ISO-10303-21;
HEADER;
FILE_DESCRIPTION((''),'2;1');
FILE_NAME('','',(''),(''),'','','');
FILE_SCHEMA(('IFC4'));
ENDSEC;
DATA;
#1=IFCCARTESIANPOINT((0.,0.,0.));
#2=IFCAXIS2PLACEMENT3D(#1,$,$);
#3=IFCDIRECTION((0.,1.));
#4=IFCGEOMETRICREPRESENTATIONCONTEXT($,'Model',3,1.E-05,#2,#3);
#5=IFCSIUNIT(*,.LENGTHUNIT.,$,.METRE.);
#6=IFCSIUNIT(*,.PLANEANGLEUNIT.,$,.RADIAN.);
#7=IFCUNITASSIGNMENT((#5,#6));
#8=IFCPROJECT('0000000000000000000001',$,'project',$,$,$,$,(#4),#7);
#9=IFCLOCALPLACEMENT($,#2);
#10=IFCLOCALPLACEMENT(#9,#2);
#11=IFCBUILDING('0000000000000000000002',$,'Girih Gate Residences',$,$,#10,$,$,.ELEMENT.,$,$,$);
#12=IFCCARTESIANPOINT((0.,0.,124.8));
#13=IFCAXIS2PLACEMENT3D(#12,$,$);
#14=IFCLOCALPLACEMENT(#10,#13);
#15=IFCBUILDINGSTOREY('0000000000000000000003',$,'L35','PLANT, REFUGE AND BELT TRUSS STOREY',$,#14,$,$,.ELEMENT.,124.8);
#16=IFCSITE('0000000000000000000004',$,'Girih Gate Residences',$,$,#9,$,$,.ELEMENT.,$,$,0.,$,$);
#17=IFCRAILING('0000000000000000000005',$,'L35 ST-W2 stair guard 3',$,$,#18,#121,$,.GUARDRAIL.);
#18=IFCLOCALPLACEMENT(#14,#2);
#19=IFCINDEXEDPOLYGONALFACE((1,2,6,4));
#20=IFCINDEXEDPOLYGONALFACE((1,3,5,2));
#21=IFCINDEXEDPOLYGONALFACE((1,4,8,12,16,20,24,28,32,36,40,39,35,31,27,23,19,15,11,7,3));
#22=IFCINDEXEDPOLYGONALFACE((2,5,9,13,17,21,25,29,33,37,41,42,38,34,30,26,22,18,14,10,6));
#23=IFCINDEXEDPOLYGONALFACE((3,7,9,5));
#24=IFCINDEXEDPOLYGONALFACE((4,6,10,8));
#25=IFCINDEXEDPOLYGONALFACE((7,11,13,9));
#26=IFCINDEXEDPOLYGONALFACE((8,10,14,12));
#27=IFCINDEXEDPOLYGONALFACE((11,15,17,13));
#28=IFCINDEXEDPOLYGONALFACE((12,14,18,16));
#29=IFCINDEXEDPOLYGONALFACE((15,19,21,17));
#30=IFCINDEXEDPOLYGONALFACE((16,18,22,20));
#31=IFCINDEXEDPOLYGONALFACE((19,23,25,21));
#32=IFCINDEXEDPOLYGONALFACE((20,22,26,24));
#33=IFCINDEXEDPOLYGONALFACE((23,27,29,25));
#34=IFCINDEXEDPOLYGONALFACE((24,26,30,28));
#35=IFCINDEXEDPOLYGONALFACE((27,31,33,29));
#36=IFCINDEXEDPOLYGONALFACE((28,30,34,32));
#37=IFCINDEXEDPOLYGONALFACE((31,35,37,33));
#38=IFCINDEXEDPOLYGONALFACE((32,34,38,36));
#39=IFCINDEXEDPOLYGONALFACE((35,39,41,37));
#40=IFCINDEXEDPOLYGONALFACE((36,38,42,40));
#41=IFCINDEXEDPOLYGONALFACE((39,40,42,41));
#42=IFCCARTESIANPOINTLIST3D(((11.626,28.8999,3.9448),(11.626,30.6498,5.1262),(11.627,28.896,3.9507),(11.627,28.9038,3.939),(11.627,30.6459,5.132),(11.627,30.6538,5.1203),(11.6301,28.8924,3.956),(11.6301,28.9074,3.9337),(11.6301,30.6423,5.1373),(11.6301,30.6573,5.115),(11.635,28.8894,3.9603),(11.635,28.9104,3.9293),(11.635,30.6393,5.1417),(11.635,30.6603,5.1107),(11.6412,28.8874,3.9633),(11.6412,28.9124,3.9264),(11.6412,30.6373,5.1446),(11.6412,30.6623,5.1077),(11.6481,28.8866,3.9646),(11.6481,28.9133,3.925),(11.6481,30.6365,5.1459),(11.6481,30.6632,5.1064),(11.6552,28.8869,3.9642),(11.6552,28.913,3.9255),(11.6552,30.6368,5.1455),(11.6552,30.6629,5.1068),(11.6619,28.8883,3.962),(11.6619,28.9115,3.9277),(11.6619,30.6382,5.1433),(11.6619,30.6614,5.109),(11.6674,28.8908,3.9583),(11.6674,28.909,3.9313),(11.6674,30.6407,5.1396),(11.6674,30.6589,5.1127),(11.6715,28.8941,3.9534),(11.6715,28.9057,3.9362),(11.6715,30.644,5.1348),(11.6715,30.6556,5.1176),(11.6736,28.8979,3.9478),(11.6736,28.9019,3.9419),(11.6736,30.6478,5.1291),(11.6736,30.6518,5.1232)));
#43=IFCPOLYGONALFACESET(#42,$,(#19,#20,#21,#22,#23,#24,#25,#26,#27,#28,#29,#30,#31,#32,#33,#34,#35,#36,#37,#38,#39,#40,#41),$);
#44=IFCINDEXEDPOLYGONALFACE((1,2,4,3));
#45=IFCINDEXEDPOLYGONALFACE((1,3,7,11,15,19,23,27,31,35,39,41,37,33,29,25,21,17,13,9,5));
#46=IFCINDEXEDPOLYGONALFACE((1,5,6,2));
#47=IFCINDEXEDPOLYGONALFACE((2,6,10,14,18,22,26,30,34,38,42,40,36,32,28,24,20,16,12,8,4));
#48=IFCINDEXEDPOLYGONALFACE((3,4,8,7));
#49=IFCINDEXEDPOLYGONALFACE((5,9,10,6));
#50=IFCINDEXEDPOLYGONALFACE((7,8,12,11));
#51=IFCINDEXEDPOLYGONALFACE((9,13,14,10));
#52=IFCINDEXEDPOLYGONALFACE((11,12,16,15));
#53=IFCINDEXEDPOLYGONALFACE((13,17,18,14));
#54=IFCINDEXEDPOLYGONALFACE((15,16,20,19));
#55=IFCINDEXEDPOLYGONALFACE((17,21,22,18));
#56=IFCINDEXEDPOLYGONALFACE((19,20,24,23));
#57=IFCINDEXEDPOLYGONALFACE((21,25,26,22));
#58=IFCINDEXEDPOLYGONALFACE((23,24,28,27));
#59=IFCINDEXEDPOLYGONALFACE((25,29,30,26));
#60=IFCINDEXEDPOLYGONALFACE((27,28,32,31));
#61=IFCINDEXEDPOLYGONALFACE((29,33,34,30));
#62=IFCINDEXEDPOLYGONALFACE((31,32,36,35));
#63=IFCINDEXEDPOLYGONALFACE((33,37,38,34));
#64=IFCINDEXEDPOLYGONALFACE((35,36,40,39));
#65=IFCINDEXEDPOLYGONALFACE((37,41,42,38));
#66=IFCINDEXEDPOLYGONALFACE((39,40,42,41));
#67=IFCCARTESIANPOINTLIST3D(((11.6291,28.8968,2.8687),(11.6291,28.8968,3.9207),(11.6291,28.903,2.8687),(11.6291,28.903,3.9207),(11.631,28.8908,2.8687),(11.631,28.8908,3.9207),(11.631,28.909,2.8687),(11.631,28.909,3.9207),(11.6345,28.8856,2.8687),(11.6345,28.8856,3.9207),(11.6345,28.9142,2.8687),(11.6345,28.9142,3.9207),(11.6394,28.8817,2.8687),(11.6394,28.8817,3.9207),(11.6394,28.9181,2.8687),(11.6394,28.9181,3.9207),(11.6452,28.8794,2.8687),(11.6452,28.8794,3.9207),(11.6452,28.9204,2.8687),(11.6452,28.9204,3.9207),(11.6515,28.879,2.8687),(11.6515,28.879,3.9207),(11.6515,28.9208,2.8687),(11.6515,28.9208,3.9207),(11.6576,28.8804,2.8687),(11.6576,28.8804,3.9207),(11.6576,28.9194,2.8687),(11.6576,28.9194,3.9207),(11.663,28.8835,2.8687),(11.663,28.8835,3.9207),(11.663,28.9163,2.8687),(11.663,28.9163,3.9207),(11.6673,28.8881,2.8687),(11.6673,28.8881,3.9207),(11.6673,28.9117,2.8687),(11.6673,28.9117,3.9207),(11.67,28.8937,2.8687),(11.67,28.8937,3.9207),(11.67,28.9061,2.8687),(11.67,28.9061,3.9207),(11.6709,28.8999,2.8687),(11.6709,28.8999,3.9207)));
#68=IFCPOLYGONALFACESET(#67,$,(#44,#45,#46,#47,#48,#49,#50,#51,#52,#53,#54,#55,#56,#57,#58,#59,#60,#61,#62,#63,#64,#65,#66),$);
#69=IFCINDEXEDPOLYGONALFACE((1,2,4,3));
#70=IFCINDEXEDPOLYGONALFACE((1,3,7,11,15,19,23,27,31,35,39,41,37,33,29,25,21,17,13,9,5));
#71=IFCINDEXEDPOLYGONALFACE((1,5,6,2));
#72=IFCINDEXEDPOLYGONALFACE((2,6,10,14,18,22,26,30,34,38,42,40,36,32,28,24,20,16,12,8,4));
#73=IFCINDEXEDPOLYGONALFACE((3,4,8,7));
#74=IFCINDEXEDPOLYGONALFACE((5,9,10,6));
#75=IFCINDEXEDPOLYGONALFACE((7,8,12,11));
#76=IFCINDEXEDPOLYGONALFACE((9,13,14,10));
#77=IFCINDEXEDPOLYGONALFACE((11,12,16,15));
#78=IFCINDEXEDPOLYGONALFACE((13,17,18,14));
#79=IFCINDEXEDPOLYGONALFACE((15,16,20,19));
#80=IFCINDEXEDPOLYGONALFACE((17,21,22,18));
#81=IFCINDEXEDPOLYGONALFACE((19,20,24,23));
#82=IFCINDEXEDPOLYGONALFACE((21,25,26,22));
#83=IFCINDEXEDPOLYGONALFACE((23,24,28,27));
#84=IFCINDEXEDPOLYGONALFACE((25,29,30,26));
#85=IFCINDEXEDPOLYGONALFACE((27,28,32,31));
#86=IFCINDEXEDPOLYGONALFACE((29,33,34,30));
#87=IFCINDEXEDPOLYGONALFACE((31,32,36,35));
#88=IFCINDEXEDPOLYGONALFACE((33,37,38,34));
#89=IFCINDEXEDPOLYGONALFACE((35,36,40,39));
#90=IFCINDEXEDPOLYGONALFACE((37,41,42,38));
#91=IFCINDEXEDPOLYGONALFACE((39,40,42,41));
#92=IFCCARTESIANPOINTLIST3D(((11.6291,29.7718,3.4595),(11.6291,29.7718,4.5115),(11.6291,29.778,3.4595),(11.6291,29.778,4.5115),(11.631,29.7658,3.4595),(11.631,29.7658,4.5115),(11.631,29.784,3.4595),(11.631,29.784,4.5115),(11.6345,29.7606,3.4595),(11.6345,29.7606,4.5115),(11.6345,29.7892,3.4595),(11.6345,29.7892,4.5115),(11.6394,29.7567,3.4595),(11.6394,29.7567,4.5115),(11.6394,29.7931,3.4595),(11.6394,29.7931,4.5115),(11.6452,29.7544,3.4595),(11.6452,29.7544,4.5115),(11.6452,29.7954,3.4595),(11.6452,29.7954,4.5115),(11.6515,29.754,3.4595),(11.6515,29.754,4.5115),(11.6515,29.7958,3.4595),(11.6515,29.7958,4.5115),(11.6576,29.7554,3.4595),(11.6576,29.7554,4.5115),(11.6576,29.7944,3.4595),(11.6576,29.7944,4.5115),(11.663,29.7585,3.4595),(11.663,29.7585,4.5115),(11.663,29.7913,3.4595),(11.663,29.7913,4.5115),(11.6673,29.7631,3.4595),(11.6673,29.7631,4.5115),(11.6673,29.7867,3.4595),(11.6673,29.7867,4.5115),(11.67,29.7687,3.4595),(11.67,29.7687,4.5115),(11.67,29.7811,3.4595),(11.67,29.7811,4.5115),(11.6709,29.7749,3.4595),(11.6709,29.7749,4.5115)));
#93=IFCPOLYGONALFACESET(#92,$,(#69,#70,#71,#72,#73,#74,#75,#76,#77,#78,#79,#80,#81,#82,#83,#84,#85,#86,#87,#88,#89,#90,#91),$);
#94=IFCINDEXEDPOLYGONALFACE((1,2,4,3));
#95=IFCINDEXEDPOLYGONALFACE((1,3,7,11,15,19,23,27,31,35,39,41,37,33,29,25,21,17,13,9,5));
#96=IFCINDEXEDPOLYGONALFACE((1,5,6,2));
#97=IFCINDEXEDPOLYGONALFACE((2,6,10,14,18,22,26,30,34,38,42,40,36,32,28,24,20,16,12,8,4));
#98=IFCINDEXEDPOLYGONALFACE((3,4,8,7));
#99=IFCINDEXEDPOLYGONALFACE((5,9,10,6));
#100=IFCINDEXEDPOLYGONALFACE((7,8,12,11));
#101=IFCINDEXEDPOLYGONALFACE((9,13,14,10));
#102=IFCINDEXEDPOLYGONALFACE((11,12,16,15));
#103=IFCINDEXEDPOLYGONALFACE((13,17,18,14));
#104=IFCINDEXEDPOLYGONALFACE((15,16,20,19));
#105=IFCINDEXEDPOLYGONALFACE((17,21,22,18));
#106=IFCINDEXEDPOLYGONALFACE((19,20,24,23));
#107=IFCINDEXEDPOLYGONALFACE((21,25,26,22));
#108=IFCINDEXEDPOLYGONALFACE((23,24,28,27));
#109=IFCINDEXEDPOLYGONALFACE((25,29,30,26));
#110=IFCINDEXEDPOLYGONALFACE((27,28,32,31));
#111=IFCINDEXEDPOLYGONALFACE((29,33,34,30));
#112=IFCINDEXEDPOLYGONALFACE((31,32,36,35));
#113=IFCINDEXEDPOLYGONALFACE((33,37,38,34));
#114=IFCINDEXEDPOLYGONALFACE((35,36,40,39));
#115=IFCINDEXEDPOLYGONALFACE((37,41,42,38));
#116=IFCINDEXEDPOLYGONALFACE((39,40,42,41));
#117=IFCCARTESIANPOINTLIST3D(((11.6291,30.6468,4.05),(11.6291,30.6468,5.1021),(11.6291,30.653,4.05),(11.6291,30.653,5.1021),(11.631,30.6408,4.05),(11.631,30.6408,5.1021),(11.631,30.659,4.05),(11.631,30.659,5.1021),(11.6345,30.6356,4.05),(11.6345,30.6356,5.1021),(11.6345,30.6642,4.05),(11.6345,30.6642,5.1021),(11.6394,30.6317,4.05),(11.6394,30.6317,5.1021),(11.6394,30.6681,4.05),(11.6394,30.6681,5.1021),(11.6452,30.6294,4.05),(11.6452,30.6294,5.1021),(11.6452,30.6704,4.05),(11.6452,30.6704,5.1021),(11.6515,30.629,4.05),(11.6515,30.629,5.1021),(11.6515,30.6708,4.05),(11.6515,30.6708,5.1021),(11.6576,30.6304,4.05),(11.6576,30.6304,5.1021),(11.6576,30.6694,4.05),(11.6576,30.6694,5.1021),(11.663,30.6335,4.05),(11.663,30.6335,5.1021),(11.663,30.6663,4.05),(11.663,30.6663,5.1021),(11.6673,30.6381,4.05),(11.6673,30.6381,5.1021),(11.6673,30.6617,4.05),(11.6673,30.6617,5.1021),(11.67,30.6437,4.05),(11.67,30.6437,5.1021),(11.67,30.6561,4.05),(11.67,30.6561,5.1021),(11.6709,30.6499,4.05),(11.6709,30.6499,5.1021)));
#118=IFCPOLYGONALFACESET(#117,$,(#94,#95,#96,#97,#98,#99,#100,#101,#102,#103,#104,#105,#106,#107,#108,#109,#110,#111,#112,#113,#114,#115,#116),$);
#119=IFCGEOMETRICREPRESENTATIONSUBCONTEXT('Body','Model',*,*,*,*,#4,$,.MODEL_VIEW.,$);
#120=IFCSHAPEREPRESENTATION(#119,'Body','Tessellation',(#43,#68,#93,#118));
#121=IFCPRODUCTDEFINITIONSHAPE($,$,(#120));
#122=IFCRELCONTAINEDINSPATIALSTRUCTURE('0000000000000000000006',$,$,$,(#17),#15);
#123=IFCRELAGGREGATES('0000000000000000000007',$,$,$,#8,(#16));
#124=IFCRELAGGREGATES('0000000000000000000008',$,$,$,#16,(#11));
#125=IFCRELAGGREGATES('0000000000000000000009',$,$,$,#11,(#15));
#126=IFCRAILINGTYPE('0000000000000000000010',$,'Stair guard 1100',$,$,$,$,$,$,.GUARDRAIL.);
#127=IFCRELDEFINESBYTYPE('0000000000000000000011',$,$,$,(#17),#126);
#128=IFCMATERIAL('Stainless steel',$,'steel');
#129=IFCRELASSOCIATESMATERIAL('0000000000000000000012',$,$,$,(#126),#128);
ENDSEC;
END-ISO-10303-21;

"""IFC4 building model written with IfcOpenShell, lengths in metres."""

from ifc_helpers import new_model, si_unit, direction, frame, origin, origin_2d, place, context, subcontext, project, spatial, circle, extrude, material, type_object, element, save


model = new_model("IFC4")

# Units and contexts
model_context = context("Model", 3, precision=1e-05, world=origin(), true_north=direction((0.0, 1.0)))
body_context = subcontext(model_context, "Body", "Model", "MODEL_VIEW")
ifc_project = project(units=[si_unit("LENGTHUNIT", "METRE"), si_unit("PLANEANGLEUNIT", "RADIAN")], contexts=[model_context])

# Site, building, storey
site_placement = place(None, origin())
site = spatial("IfcSite", under=ifc_project, at=site_placement, Name="Girih Gate Residences", CompositionType="ELEMENT", RefElevation=0.0)
building_placement = place(site_placement, origin())
building = spatial("IfcBuilding", under=site, at=building_placement, Name="Girih Gate Residences", CompositionType="ELEMENT")
storey_placement = place(building_placement, frame((0.0, 0.0, 124.8)))
storey = spatial("IfcBuildingStorey", under=building, at=storey_placement, Name="L35", Description="PLANT, REFUGE AND BELT TRUSS STOREY", CompositionType="ELEMENT", Elevation=124.8)

# Railing
ifc_material_1 = material(Name="Stainless steel", Category="steel")
railing_type_1 = type_object("IfcRailingType", Name="Stair guard 1100", PredefinedType="GUARDRAIL", material=ifc_material_1)
railing_1_placement = place(storey_placement, frame((11.6499, 28.8999, 2.8687)))
element("IfcRailing", 1, at=railing_1_placement, inside=storey, type_object=railing_type_1, Name="L35 ST-W2 stair guard 3", PredefinedType="GUARDRAIL", context=body_context, shape_type="SweptSolid", body=[
    extrude(circle(Radius=0.0239, at=origin_2d()), frame((0.0, 0.0, 1.0762), z_axis=(0.0, 0.828817, 0.559521), x_axis=(-1.0, 0.0, 0.0)), (0.0, 0.0, 1.0), 2.1113),
    extrude(circle(Radius=0.021, at=origin_2d()), origin(), (0.0, 0.0, 1.0), 1.052),
    extrude(circle(Radius=0.021, at=origin_2d()), frame((0.0, 0.875, 0.5908)), (0.0, 0.0, 1.0), 1.052),
    extrude(circle(Radius=0.021, at=origin_2d()), frame((0.0, 1.75, 1.1814)), (0.0, 0.0, 1.0), 1.052),
])

save(model, "model.ifc")
